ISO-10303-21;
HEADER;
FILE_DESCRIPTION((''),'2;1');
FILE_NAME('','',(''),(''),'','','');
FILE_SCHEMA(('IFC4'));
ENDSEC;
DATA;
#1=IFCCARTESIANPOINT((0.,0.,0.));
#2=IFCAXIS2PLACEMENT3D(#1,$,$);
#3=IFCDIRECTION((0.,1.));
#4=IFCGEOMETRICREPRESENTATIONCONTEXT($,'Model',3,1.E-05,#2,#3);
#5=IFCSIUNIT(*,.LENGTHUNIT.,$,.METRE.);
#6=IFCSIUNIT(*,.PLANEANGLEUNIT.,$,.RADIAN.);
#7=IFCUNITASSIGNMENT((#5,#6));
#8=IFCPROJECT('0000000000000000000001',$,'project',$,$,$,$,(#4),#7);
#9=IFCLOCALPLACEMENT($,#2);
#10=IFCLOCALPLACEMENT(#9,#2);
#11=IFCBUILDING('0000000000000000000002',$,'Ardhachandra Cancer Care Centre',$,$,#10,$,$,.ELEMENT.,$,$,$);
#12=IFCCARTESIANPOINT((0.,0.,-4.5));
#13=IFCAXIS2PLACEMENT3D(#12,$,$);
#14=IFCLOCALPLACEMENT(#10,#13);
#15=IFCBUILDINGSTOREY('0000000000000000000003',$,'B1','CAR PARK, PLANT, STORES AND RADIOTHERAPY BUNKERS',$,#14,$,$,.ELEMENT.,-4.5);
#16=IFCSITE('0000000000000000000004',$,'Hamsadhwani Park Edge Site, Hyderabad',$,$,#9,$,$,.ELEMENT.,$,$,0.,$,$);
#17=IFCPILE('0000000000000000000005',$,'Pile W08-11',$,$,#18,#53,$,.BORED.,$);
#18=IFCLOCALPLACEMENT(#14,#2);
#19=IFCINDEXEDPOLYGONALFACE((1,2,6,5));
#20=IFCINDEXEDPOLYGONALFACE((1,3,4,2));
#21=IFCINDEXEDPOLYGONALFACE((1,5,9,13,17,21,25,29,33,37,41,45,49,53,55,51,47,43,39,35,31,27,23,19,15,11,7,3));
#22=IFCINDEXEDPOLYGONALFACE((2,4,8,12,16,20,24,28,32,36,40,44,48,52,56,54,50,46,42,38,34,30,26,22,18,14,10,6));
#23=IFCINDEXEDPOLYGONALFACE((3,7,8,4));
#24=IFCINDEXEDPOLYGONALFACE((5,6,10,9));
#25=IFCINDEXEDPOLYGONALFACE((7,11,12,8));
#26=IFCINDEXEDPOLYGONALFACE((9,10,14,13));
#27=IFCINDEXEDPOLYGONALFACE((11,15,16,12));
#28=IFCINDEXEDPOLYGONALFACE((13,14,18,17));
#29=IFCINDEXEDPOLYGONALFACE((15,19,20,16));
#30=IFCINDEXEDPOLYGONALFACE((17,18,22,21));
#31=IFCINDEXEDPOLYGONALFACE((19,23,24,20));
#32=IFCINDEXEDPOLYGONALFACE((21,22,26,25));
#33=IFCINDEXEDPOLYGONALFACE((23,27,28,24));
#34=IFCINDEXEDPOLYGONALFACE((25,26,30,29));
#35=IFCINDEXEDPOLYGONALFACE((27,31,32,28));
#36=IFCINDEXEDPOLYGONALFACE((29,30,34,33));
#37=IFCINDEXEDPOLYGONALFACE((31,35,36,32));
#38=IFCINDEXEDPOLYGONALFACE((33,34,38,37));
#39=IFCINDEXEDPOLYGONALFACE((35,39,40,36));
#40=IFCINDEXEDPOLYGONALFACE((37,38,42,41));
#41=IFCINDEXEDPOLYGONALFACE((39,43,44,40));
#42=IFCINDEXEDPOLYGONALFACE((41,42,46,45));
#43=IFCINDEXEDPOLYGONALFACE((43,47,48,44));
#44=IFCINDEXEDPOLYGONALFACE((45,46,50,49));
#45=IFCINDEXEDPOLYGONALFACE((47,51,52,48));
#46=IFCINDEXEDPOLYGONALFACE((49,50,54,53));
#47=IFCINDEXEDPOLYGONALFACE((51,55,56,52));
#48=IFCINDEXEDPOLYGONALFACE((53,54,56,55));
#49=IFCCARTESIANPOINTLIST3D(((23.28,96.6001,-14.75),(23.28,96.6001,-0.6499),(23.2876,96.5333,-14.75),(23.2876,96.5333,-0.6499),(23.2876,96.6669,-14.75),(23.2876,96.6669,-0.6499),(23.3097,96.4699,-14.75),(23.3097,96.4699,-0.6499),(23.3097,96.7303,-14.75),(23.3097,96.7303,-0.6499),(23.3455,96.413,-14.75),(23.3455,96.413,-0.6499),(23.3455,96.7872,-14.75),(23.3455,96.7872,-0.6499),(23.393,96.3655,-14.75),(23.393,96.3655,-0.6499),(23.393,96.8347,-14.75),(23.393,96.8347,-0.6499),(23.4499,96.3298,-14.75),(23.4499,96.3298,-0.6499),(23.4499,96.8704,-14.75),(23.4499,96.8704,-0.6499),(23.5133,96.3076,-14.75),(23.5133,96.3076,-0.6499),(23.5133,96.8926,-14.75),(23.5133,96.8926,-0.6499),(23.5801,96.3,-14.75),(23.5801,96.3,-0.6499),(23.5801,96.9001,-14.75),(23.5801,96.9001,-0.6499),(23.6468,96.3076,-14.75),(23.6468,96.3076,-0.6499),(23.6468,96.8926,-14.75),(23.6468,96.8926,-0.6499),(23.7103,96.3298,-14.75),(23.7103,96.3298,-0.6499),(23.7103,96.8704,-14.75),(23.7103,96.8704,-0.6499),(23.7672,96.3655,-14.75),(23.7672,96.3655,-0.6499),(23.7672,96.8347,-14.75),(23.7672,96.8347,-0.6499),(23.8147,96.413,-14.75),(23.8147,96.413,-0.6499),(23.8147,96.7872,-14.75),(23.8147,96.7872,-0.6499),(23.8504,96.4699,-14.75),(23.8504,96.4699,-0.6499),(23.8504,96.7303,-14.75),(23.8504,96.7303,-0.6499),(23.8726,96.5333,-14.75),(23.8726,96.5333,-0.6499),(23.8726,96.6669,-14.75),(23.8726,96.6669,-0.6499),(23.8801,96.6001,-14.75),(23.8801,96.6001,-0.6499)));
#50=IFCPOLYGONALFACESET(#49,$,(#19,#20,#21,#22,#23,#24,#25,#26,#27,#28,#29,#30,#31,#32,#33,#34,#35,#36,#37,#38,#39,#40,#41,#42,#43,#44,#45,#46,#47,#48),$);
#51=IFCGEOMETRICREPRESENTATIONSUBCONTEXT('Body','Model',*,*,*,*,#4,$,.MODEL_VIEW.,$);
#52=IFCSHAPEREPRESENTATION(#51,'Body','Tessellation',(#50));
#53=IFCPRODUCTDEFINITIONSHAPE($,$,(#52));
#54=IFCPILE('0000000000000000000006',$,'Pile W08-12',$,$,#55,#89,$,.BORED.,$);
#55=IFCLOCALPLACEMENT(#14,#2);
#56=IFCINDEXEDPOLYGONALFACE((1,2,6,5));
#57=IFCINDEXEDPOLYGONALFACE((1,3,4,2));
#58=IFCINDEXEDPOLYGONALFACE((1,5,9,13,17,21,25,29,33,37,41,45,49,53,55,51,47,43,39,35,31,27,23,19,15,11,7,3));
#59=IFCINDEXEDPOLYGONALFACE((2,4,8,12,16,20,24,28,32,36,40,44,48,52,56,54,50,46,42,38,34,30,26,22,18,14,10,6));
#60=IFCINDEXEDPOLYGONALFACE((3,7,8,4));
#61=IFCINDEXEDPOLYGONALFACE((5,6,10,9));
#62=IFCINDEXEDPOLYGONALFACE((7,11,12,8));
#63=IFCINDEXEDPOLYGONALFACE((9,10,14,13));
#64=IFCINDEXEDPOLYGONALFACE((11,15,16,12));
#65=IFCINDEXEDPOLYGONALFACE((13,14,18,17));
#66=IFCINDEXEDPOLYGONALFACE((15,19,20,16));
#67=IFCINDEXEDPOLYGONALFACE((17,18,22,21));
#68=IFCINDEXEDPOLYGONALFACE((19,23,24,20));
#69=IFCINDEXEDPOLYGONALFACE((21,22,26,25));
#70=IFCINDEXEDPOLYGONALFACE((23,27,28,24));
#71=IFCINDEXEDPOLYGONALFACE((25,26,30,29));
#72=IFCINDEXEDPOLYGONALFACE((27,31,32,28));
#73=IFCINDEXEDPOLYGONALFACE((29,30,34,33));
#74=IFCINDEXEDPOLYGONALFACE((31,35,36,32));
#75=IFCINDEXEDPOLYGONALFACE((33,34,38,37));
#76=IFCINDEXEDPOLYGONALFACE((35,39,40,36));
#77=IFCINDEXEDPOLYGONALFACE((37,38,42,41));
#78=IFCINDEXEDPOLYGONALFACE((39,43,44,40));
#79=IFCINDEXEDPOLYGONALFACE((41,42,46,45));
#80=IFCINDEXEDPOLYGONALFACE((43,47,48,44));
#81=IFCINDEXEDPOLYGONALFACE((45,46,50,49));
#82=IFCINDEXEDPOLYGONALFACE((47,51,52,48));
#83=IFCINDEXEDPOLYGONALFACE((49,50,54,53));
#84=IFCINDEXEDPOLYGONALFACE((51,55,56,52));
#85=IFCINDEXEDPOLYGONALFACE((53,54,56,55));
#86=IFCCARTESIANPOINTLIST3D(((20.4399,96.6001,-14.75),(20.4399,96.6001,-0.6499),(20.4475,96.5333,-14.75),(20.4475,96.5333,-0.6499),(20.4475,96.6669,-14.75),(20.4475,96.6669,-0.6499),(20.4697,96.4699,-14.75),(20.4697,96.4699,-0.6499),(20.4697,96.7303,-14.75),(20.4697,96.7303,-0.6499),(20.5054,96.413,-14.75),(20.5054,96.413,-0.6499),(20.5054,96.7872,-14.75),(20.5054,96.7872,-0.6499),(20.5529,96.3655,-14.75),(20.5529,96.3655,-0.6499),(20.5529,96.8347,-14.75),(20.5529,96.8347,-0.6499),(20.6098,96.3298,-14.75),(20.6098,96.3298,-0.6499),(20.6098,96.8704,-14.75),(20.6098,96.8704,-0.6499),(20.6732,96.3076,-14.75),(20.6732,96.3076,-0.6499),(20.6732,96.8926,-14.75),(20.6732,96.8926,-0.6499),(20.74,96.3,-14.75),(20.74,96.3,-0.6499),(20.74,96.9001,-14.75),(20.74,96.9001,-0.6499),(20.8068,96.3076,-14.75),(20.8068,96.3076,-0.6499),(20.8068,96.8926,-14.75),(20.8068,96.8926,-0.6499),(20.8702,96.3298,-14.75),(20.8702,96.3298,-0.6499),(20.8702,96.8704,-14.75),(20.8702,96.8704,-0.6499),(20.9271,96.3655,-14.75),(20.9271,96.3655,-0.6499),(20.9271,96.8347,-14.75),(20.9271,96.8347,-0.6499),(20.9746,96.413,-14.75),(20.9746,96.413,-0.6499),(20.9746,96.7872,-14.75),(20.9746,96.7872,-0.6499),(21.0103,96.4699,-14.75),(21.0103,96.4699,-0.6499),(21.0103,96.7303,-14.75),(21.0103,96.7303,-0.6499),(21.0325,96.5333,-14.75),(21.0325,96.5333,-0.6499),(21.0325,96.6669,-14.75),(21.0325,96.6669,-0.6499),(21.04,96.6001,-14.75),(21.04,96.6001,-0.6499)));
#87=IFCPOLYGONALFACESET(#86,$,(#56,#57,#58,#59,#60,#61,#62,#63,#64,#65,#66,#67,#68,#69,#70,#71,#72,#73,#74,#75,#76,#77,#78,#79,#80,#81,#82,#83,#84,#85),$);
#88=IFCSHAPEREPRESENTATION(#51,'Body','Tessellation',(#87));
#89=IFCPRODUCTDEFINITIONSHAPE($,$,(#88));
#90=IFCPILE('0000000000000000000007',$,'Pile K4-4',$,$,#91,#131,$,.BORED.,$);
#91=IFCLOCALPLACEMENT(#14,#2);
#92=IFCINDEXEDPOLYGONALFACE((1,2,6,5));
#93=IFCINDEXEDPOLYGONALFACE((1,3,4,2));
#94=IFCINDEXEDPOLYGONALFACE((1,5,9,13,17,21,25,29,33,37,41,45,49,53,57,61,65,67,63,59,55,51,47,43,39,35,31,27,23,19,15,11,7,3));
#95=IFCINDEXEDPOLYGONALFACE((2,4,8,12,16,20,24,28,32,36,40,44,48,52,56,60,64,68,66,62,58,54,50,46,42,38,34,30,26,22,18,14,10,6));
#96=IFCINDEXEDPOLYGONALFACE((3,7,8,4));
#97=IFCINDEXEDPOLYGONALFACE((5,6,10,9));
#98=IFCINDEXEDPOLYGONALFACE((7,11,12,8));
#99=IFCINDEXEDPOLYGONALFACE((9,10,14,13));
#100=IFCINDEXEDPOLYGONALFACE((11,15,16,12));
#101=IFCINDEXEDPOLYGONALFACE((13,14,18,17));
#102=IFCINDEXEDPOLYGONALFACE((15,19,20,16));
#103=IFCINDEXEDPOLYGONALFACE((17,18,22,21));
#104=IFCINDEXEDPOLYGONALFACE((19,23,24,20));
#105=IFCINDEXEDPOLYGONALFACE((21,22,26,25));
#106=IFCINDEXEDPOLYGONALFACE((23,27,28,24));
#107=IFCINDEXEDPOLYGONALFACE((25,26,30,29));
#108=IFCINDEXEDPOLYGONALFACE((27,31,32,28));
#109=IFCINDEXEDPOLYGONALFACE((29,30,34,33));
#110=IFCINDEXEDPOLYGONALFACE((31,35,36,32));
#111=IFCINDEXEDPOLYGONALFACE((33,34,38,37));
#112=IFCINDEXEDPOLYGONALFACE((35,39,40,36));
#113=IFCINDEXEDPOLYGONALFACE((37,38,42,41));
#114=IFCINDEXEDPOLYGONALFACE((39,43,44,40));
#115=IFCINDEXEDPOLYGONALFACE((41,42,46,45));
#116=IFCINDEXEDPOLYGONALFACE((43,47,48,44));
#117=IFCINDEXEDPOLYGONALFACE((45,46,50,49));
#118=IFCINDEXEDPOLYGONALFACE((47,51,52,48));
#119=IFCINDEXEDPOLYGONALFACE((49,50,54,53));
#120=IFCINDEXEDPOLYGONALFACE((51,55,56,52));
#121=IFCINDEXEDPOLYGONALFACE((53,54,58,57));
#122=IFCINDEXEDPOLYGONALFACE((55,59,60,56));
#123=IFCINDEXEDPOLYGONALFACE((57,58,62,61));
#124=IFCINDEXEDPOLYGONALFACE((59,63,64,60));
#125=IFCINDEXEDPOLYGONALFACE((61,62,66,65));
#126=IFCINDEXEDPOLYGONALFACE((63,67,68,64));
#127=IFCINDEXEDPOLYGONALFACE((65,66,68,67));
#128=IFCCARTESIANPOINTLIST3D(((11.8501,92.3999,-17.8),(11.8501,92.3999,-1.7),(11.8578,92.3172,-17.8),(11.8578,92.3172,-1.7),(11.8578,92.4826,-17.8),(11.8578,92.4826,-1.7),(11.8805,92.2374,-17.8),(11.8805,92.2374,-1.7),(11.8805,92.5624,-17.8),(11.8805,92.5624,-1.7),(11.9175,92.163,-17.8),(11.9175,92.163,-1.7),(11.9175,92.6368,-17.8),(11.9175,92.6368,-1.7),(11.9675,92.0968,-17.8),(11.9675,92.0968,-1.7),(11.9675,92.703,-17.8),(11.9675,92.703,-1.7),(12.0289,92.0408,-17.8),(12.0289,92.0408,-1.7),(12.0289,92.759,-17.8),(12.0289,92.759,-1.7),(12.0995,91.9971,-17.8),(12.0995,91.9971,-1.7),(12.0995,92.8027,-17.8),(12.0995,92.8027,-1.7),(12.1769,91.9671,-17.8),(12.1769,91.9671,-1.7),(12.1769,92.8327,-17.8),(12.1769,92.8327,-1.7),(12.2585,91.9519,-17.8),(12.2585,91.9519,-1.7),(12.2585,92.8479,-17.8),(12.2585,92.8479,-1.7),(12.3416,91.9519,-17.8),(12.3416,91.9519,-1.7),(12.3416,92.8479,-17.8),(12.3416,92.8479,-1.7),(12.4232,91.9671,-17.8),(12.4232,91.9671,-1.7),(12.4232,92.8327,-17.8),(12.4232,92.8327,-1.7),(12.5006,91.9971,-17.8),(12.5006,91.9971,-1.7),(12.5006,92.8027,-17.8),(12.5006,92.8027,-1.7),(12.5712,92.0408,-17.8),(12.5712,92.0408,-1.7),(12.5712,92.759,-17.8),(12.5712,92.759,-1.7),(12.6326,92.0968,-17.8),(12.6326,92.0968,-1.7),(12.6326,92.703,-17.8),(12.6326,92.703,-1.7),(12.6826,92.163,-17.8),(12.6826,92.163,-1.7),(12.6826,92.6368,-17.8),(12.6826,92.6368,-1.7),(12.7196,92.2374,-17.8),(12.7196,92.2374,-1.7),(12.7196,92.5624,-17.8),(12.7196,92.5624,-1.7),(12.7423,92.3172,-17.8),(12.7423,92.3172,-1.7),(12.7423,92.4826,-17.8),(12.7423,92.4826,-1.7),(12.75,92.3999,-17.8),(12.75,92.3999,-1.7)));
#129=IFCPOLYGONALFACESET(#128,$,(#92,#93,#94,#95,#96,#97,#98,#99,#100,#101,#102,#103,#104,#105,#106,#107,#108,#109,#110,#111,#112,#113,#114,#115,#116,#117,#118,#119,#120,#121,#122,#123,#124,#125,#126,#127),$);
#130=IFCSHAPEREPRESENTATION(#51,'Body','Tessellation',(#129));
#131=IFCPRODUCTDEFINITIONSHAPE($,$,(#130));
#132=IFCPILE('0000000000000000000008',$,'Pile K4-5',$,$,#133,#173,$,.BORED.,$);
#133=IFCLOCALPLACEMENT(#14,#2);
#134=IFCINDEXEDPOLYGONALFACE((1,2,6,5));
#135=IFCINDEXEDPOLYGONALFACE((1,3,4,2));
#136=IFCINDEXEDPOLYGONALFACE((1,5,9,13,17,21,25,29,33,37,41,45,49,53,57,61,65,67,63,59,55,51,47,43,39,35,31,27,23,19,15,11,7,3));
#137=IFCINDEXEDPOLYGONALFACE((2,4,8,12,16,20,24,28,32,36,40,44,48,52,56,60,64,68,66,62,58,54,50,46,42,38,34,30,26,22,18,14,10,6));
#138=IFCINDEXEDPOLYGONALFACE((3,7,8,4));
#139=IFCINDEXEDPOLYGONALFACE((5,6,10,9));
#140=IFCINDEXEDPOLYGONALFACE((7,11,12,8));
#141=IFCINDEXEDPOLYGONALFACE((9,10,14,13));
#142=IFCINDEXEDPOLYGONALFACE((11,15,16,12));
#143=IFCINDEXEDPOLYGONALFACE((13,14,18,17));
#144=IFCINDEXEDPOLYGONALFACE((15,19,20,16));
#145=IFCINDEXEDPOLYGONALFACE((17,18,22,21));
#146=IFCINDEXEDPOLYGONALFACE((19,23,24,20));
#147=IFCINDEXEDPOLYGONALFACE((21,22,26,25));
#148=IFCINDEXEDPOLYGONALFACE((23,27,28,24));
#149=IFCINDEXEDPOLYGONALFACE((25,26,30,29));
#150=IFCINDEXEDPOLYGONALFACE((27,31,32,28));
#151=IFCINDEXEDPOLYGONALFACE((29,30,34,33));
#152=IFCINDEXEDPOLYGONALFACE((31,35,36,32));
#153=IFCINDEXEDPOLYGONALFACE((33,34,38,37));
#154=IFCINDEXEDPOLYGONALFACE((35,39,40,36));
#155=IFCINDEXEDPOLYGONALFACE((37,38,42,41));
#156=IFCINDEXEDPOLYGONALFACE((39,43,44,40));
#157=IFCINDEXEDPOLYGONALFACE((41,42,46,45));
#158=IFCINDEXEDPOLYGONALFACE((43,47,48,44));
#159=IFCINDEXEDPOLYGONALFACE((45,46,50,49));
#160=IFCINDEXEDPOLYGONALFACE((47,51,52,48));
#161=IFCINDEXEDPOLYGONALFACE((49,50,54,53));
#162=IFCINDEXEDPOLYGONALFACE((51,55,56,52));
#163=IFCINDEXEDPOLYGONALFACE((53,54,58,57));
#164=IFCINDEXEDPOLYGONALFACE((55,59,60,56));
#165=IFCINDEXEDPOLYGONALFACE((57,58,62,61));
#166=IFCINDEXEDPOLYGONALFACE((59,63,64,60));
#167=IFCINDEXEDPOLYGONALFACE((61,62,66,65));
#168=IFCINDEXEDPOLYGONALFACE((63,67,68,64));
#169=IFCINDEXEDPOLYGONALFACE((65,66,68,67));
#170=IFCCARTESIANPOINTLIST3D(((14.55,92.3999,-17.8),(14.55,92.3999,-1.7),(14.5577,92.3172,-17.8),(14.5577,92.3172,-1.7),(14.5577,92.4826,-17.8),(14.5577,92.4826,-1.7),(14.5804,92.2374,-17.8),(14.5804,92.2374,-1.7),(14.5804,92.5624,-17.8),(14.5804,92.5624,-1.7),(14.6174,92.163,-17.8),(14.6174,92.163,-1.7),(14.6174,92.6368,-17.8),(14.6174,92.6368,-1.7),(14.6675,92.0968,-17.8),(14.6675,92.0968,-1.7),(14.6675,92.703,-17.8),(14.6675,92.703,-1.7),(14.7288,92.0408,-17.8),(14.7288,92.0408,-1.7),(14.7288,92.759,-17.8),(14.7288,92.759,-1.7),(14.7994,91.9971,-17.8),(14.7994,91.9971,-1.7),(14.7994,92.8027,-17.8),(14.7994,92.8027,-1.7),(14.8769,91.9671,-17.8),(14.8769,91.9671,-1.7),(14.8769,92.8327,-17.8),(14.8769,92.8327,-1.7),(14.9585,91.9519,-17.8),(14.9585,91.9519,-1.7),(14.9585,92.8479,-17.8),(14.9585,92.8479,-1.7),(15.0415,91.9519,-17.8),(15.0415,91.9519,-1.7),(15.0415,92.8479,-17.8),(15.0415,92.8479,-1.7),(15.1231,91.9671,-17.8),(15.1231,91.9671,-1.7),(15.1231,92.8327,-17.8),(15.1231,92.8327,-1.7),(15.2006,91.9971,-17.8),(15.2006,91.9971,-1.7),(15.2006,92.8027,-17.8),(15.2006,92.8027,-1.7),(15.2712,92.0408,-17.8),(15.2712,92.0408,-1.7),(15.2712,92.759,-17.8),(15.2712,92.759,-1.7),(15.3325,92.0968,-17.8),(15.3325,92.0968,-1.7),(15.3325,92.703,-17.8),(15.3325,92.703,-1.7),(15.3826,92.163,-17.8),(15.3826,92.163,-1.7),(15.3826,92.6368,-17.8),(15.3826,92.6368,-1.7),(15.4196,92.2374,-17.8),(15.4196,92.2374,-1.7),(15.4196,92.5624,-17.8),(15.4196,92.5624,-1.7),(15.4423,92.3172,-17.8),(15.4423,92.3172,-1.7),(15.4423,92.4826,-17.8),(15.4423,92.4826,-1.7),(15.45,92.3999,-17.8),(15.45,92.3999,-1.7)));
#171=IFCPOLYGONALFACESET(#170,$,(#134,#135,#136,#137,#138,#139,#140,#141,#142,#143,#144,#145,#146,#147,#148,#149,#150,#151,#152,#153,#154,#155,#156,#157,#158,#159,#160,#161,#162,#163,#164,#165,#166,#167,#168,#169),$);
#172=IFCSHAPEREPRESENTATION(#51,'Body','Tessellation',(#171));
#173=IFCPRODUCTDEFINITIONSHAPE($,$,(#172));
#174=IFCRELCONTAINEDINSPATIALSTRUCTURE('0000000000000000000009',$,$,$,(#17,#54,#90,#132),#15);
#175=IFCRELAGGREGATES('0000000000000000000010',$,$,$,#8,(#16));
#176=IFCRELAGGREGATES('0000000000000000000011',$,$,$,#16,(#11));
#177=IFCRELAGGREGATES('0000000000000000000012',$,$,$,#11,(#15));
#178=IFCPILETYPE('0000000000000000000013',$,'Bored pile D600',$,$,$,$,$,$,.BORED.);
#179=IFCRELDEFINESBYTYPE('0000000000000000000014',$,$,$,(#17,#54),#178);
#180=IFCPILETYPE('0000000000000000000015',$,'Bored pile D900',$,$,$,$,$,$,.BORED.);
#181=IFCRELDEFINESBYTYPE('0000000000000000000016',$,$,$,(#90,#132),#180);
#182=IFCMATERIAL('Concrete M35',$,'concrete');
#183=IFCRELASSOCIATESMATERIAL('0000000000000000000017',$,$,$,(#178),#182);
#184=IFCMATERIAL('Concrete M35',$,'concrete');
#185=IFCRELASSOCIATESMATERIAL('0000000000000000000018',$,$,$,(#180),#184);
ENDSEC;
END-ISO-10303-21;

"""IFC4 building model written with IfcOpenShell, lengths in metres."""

from ifc_helpers import new_model, si_unit, direction, frame, origin, origin_2d, place, context, subcontext, project, spatial, circle, extrude, material, material_profile, profile_set, type_object, element, save


model = new_model("IFC4")

# Units and contexts
model_context = context("Model", 3, precision=1e-05, world=origin(), true_north=direction((0.0, 1.0)))
body_context = subcontext(model_context, "Body", "Model", "MODEL_VIEW")
ifc_project = project(units=[si_unit("LENGTHUNIT", "METRE"), si_unit("PLANEANGLEUNIT", "RADIAN")], contexts=[model_context])

# Site, building, storey
site_placement = place(None, origin())
site = spatial("IfcSite", under=ifc_project, at=site_placement, Name="Hamsadhwani Park Edge Site, Hyderabad", CompositionType="ELEMENT", RefElevation=0.0)
building_placement = place(site_placement, origin())
building = spatial("IfcBuilding", under=site, at=building_placement, Name="Ardhachandra Cancer Care Centre", CompositionType="ELEMENT")
storey_placement = place(building_placement, frame((0.0, 0.0, -4.5)))
storey = spatial("IfcBuildingStorey", under=building, at=storey_placement, Name="B1", Description="CAR PARK, PLANT, STORES AND RADIOTHERAPY BUNKERS", CompositionType="ELEMENT", Elevation=-4.5)

# Piles
ifc_material_1 = material(Name="Concrete M35", Category="concrete")
ifc_material_profile_1 = material_profile(ifc_material_1, circle(Radius=0.3, at=origin_2d()), Name="D600")
ifc_profile_set_1 = profile_set([ifc_material_profile_1], Name="Concrete M35")
pile_type_1 = type_object("IfcPileType", Name="Bored pile D600", PredefinedType="BORED", material=ifc_profile_set_1)
for number, where, z_axis, x_axis, name in (
    (1, (23.5801, 96.6001, -0.6499), (0.0, 0.0, -1.0), (1.0, 0.0, 0.0), "Pile W08-11"),
    (2, (20.74, 96.6001, -0.6499), (0.0, 0.0, -1.0), (1.0, 0.0, 0.0), "Pile W08-12"),
):
    element("IfcPile", number, at=place(storey_placement, frame(where, z_axis=z_axis, x_axis=x_axis)), inside=storey, type_object=pile_type_1, Name=name, PredefinedType="BORED", context=body_context, shape_type="SweptSolid", body=[
        extrude(circle(Radius=0.3, at=origin_2d()), origin(), (0.0, 0.0, 1.0), 14.1001),
    ])
ifc_material_2 = material(Name="Concrete M35", Category="concrete")
ifc_material_profile_2 = material_profile(ifc_material_2, circle(Radius=0.45, at=origin_2d()), Name="D900")
ifc_profile_set_2 = profile_set([ifc_material_profile_2], Name="Concrete M35")
pile_type_2 = type_object("IfcPileType", Name="Bored pile D900", PredefinedType="BORED", material=ifc_profile_set_2)
for number, where, z_axis, x_axis, name in (
    (3, (12.3, 92.3999, -1.7), (0.0, 0.0, -1.0), (1.0, 0.0, 0.0), "Pile K4-4"),
    (4, (15.0, 92.3999, -1.7), (0.0, 0.0, -1.0), (1.0, 0.0, 0.0), "Pile K4-5"),
):
    element("IfcPile", number, at=place(storey_placement, frame(where, z_axis=z_axis, x_axis=x_axis)), inside=storey, type_object=pile_type_2, Name=name, PredefinedType="BORED", context=body_context, shape_type="SweptSolid", body=[
        extrude(circle(Radius=0.45, at=origin_2d()), origin(), (0.0, 0.0, 1.0), 16.1001),
    ])

save(model, "model.ifc")
